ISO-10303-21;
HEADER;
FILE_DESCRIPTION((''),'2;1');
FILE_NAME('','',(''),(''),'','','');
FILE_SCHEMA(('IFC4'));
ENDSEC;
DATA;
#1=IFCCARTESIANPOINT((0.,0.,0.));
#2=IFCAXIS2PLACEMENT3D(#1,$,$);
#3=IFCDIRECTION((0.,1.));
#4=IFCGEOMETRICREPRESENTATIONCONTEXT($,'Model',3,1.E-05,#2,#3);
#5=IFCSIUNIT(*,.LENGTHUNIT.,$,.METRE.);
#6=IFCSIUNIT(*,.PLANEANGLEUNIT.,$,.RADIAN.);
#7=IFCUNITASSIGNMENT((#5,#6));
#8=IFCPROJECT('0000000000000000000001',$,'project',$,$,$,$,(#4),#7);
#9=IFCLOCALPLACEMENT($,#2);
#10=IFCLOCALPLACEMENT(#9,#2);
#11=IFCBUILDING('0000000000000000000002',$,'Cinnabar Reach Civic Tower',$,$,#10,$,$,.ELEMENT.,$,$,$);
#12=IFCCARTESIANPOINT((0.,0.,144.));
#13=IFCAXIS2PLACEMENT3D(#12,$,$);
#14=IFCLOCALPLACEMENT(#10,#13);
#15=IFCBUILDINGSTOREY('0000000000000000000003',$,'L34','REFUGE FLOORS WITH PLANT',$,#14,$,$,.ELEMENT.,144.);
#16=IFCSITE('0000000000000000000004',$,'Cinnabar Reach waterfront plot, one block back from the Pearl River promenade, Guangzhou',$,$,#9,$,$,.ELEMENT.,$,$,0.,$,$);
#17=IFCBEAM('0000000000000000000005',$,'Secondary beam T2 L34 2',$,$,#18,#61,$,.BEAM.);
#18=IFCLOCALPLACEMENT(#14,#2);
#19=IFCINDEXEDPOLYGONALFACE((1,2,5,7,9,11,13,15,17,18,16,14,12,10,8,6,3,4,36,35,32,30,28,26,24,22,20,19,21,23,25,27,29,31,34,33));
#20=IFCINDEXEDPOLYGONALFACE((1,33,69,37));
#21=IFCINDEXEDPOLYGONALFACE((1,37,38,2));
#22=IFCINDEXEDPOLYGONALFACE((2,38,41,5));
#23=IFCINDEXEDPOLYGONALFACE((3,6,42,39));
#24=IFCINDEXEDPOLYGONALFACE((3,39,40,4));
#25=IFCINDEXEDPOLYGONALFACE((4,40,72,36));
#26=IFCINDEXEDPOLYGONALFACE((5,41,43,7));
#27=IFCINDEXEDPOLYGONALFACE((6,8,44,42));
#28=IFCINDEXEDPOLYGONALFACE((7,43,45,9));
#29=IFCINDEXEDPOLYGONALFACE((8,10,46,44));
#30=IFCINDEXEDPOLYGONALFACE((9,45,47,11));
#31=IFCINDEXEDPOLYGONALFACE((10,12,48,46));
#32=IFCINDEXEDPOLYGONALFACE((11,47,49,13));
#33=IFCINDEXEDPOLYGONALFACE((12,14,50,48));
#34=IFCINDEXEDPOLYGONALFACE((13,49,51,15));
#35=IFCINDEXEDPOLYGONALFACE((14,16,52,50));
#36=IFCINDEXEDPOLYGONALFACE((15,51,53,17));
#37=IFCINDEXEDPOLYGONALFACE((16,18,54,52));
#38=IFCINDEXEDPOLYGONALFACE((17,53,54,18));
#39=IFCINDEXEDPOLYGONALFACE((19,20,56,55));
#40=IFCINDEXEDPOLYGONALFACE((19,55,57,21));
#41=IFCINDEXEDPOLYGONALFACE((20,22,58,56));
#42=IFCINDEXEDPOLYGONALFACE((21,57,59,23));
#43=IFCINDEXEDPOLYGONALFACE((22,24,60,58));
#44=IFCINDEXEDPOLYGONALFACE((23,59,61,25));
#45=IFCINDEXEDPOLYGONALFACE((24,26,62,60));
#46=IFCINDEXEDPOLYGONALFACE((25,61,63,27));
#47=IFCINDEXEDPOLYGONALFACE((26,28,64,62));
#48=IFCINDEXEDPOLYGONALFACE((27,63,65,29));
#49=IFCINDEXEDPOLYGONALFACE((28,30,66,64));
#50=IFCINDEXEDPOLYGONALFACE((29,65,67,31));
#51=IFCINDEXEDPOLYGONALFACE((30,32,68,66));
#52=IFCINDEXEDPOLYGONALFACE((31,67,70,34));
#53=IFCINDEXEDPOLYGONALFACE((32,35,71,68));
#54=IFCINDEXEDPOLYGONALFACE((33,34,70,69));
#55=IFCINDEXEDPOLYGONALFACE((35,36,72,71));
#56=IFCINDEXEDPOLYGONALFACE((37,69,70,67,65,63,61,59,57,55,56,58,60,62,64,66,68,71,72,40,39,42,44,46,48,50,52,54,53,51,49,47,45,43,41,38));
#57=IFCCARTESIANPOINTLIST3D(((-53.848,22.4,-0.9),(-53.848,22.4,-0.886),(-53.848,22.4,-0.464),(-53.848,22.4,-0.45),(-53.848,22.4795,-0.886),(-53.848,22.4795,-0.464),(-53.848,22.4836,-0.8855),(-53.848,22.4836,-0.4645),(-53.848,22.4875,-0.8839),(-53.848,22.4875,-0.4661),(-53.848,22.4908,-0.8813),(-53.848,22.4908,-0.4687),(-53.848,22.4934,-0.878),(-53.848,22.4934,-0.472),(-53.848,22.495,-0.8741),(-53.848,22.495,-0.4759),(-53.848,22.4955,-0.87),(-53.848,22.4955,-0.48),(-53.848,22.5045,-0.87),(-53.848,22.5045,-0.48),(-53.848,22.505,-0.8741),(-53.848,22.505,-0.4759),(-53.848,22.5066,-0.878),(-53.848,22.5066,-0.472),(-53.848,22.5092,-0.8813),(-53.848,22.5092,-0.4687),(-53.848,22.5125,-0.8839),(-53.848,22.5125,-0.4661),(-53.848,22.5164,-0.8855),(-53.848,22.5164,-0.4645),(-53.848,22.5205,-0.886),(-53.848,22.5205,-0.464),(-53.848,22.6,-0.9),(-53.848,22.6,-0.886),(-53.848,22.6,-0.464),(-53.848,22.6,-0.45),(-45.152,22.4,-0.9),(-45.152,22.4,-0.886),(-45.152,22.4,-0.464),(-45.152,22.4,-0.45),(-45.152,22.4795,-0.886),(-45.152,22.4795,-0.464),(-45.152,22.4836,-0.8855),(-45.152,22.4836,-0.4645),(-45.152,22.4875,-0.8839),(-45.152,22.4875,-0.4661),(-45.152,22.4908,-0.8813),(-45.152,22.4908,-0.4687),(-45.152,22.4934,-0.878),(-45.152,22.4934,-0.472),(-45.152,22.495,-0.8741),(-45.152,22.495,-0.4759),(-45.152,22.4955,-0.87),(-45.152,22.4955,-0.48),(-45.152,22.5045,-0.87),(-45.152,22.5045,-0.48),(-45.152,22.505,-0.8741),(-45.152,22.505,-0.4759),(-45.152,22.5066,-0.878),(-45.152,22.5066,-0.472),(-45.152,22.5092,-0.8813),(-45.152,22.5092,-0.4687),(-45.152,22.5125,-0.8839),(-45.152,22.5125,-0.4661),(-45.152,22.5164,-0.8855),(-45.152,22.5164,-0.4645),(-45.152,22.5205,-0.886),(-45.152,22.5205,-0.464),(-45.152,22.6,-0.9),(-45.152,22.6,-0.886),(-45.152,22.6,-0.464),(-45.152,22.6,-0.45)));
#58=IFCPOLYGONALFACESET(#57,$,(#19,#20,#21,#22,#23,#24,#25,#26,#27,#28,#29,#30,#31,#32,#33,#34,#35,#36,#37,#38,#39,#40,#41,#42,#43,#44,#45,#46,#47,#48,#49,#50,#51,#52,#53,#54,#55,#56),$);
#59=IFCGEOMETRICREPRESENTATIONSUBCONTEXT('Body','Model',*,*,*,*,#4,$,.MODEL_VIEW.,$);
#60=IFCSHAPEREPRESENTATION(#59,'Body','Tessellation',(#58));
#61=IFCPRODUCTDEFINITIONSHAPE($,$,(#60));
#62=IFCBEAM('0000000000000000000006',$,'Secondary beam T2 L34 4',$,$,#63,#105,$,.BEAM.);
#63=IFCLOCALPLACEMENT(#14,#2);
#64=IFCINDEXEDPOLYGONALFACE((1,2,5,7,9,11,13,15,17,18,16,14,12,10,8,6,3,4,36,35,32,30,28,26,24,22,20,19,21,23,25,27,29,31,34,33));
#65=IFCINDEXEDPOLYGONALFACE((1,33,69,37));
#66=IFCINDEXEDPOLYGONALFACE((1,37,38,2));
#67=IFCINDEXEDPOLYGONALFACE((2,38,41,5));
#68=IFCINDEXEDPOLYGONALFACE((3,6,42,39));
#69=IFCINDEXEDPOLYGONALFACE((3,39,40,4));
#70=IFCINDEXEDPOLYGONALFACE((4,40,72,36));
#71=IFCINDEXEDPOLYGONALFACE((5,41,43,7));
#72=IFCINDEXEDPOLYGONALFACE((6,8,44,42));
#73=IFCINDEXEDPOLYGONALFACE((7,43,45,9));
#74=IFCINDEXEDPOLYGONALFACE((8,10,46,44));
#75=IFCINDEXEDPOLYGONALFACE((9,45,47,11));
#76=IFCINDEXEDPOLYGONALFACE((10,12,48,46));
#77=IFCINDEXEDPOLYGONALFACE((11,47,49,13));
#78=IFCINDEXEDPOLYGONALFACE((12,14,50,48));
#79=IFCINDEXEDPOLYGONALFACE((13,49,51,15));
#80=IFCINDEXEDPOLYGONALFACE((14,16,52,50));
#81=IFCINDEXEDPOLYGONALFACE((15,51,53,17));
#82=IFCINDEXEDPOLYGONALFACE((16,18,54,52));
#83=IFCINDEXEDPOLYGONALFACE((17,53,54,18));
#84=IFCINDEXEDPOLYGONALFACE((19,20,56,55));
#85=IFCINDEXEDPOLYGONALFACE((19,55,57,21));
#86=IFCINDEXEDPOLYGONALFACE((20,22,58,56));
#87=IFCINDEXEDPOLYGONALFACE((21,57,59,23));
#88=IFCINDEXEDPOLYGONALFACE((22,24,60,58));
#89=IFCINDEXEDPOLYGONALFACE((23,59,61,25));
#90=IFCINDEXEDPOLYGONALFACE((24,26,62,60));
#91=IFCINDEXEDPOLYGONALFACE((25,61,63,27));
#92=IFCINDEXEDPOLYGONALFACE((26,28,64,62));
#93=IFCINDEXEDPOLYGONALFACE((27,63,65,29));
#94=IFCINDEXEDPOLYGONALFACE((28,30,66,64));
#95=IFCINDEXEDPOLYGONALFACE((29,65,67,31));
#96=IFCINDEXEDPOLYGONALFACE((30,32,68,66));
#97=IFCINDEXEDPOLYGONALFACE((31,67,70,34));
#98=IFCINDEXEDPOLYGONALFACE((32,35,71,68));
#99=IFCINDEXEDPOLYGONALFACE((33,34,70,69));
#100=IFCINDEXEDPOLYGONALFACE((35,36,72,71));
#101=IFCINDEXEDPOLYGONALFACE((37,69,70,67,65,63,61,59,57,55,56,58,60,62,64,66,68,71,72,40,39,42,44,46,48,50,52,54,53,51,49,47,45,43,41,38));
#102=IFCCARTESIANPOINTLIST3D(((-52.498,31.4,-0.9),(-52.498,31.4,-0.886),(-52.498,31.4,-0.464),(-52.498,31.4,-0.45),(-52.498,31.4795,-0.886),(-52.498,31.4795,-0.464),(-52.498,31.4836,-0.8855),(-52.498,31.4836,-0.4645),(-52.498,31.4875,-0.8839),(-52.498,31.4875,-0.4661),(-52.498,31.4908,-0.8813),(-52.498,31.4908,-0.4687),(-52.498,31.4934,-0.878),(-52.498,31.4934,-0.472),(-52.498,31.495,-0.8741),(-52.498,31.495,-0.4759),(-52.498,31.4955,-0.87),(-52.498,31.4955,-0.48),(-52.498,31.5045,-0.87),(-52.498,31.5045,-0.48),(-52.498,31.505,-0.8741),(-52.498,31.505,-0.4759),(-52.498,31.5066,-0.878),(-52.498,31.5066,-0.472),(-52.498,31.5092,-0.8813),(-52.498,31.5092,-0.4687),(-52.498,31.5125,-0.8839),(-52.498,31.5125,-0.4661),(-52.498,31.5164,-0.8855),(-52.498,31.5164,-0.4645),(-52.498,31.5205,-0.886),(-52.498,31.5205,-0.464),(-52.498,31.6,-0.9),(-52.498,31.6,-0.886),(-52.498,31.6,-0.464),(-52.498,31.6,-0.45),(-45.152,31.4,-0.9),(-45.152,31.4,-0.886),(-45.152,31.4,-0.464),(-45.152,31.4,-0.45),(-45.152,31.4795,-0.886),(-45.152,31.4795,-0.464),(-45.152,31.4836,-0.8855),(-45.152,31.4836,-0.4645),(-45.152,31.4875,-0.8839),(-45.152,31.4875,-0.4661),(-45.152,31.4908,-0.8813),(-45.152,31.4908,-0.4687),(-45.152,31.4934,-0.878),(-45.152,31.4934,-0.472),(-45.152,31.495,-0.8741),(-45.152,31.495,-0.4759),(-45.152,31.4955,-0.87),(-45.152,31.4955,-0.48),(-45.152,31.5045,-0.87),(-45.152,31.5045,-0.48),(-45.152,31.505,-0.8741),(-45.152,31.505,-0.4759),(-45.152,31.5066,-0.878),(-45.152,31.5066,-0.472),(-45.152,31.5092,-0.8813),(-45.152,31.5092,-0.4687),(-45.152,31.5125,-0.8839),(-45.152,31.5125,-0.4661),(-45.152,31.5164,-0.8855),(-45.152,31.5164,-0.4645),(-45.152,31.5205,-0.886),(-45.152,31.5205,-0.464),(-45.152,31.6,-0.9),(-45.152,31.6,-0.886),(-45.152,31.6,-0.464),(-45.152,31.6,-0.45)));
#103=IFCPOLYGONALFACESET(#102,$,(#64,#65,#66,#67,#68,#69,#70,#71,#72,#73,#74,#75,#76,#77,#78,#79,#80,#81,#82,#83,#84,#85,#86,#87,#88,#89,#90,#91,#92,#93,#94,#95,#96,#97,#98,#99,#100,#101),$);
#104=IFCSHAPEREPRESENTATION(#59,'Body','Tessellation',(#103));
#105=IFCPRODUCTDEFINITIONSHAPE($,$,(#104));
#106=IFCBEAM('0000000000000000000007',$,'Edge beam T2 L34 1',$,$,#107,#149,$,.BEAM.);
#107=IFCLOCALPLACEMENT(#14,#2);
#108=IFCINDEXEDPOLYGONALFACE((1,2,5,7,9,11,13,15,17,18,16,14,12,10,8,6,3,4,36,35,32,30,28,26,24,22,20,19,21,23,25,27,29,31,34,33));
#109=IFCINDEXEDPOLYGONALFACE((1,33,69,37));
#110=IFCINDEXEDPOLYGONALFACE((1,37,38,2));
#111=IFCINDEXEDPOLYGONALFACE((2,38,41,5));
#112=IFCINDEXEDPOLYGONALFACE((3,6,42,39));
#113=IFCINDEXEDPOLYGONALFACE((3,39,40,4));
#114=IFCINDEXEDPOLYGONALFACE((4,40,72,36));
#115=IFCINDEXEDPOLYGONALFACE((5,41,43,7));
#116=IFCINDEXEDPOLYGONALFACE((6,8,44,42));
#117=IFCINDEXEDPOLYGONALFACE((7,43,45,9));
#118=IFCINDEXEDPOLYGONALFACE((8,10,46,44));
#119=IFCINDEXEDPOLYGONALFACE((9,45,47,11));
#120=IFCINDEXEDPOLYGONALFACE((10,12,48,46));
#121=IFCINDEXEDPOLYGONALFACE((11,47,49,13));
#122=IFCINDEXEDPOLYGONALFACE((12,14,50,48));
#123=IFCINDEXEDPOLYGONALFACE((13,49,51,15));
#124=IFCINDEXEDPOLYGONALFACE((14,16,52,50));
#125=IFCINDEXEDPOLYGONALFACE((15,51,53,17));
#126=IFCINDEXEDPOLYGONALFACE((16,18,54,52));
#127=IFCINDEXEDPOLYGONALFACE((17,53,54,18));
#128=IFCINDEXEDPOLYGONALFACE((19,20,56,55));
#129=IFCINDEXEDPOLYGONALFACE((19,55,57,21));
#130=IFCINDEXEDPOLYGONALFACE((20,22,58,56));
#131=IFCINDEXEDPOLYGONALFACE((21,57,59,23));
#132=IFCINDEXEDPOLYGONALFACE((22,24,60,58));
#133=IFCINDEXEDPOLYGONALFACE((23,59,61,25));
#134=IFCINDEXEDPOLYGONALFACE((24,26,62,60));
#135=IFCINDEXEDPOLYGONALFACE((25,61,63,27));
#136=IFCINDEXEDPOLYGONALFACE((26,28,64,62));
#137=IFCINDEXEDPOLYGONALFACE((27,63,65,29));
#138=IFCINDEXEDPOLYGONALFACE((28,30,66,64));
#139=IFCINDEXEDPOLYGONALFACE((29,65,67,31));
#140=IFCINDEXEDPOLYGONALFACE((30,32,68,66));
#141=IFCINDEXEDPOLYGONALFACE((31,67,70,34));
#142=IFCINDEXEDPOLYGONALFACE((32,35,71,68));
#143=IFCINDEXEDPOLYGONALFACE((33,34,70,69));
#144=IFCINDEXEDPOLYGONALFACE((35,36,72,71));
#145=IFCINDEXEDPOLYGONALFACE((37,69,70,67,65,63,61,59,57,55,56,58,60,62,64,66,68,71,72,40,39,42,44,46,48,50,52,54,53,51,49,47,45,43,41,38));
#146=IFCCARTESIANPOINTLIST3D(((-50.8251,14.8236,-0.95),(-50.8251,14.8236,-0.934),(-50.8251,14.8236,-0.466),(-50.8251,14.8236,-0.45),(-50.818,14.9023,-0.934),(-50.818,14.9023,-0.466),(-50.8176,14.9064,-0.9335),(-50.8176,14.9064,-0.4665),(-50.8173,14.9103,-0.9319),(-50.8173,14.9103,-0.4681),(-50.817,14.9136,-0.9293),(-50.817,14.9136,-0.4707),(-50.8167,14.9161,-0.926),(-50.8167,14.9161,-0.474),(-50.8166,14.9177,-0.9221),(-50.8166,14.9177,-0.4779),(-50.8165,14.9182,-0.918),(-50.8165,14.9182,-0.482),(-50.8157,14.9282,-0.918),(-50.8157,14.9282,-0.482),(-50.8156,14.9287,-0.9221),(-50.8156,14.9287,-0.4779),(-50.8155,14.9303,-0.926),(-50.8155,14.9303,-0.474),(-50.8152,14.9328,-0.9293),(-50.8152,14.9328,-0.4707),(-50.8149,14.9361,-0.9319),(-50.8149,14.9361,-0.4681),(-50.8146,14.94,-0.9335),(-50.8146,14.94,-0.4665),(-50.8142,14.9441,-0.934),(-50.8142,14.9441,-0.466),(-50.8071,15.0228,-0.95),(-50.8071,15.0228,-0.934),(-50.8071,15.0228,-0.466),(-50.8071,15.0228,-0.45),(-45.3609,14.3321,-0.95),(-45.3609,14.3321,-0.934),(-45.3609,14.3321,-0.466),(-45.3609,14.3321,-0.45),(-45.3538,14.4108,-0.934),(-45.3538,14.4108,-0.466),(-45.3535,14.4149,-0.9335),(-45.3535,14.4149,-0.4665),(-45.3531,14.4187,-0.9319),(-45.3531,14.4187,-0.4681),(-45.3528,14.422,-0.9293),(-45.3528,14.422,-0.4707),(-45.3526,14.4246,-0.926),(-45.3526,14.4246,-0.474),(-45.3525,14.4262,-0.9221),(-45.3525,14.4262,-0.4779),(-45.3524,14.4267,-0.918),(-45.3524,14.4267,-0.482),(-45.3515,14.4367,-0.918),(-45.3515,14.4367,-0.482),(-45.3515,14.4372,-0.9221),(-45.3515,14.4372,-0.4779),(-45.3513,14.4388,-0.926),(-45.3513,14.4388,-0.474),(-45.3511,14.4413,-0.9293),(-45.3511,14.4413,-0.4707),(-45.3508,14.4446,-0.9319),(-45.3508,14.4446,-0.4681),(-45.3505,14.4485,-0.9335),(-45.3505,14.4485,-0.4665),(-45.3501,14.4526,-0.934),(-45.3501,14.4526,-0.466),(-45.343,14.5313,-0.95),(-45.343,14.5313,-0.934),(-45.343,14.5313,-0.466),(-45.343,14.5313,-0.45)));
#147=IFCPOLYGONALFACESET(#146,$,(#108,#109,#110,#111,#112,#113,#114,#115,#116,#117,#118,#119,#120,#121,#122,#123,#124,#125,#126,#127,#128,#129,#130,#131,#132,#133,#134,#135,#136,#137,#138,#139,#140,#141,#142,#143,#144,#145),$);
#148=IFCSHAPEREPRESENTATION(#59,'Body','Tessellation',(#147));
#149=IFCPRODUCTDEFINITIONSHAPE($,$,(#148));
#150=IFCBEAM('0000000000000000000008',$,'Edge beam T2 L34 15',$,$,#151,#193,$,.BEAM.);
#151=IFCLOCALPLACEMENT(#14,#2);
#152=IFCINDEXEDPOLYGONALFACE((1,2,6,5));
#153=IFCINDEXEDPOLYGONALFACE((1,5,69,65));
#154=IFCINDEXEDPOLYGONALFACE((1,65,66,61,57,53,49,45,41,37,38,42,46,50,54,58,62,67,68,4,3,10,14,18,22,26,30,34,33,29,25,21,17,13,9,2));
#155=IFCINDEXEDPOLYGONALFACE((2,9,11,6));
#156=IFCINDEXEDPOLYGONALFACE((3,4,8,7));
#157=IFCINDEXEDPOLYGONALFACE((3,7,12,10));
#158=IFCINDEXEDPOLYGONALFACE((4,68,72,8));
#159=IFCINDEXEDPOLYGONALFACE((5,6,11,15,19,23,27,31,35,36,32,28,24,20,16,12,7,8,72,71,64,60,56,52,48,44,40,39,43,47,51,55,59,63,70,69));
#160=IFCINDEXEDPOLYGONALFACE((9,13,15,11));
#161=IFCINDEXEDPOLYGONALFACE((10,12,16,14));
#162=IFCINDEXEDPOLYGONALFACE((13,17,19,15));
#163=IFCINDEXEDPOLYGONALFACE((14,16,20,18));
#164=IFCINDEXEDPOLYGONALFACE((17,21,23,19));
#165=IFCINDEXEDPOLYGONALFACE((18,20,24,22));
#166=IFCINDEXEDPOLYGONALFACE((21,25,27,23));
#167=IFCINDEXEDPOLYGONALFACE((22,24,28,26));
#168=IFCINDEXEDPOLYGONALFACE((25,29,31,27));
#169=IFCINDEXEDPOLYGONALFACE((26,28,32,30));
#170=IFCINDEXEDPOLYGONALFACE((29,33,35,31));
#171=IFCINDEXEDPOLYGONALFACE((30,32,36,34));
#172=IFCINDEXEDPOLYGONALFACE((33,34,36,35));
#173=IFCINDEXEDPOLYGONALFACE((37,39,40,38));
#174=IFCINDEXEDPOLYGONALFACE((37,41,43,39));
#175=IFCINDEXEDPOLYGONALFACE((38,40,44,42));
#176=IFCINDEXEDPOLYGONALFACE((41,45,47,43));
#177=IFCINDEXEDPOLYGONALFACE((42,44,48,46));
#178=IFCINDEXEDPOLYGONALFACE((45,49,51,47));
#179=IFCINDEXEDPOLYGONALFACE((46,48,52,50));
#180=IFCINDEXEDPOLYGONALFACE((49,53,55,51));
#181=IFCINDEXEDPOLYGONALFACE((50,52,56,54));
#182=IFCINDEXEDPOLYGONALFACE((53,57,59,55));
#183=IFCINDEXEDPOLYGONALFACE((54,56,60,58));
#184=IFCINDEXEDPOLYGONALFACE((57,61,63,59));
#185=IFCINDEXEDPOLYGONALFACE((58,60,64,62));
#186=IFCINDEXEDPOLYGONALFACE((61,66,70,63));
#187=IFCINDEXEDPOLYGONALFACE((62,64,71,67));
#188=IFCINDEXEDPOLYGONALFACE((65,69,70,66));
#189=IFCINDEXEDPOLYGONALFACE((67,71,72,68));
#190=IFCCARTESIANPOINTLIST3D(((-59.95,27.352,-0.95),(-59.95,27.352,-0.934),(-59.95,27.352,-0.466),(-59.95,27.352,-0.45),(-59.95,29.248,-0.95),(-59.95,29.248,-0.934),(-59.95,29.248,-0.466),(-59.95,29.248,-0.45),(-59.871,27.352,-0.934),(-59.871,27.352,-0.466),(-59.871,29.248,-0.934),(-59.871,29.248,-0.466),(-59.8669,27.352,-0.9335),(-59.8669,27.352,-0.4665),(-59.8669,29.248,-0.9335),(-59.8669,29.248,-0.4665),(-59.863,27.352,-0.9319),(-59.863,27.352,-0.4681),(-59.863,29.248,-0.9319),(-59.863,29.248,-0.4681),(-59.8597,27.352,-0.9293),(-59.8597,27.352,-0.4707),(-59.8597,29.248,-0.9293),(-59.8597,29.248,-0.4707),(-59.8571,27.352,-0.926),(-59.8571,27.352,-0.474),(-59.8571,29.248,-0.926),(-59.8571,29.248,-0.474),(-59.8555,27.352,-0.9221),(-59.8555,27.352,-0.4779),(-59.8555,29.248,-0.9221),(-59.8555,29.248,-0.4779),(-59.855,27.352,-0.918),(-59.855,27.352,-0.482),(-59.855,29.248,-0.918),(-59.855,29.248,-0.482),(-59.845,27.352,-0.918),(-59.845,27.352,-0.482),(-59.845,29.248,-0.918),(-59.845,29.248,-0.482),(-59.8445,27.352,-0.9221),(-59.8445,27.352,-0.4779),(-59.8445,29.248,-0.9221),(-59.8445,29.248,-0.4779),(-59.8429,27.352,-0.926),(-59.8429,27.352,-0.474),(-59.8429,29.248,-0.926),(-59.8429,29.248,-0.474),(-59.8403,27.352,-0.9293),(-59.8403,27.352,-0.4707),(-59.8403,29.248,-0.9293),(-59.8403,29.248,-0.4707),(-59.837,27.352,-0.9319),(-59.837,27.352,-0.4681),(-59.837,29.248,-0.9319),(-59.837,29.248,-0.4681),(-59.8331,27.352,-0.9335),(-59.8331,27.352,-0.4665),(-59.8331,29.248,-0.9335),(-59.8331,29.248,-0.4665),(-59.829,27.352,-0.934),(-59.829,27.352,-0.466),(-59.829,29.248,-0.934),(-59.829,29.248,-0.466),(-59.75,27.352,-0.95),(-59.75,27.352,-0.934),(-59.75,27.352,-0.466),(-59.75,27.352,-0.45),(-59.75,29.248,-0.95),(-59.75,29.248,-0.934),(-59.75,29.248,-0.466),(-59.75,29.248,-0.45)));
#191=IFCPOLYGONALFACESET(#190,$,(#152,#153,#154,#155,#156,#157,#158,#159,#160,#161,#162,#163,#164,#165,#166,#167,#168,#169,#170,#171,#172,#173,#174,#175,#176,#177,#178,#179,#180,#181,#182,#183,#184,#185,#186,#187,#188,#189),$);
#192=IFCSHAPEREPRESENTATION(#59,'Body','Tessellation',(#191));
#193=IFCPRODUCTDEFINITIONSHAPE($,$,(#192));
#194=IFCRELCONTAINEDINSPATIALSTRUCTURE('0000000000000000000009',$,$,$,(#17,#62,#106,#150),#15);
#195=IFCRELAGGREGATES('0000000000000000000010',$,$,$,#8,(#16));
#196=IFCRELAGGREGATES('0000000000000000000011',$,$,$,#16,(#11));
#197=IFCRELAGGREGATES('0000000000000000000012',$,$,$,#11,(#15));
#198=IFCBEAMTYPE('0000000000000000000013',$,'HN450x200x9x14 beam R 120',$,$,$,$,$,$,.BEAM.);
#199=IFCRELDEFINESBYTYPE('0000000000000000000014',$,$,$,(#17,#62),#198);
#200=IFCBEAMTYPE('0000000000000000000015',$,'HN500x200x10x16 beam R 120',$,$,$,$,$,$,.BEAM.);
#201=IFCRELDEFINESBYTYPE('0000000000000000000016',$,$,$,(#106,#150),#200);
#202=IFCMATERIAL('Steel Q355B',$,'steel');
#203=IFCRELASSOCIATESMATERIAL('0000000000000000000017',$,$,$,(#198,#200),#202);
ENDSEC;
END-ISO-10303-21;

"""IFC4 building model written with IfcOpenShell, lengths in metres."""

from ifc_helpers import new_model, si_unit, direction, frame, origin, origin_2d, place, context, subcontext, project, spatial, i_section, extrude, material, material_profile, profile_set, type_object, element, save


model = new_model("IFC4")

# Units and contexts
model_context = context("Model", 3, precision=1e-05, world=origin(), true_north=direction((0.0, 1.0)))
body_context = subcontext(model_context, "Body", "Model", "MODEL_VIEW")
ifc_project = project(units=[si_unit("LENGTHUNIT", "METRE"), si_unit("PLANEANGLEUNIT", "RADIAN")], contexts=[model_context])

# Site, building, storey
site_placement = place(None, origin())
site = spatial("IfcSite", under=ifc_project, at=site_placement, Name="Cinnabar Reach waterfront plot, one block back from the Pearl River promenade, Guangzhou", CompositionType="ELEMENT", RefElevation=0.0)
building_placement = place(site_placement, origin())
building = spatial("IfcBuilding", under=site, at=building_placement, Name="Cinnabar Reach Civic Tower", CompositionType="ELEMENT")
storey_placement = place(building_placement, frame((0.0, 0.0, 144.0)))
storey = spatial("IfcBuildingStorey", under=building, at=storey_placement, Name="L34", Description="REFUGE FLOORS WITH PLANT", CompositionType="ELEMENT", Elevation=144.0)

# Beams
ifc_material_1 = material(Name="Steel Q355B", Category="steel")
ifc_material_profile_1 = material_profile(ifc_material_1, i_section(OverallWidth=0.2, OverallDepth=0.45, WebThickness=0.009, FlangeThickness=0.014, FilletRadius=0.016, at=origin_2d()), Name="HN450x200x9x14")
ifc_profile_set_1 = profile_set([ifc_material_profile_1], Name="Steel Q355B")
beam_type_1 = type_object("IfcBeamType", Name="HN450x200x9x14 beam R 120", PredefinedType="BEAM", material=ifc_profile_set_1)
beam_1_placement = place(storey_placement, frame((-53.848, 22.5, -0.675), z_axis=(1.0, 0.0, 0.0), x_axis=(0.0, 1.0, 0.0)))
element("IfcBeam", 1, at=beam_1_placement, inside=storey, type_object=beam_type_1, Name="Secondary beam T2 L34 2", PredefinedType="BEAM", context=body_context, shape_type="SweptSolid", body=[
    extrude(i_section(OverallWidth=0.2, OverallDepth=0.45, WebThickness=0.009, FlangeThickness=0.014, FilletRadius=0.016, at=origin_2d()), origin(), (0.0, 0.0, 1.0), 8.696),
])
beam_2_placement = place(storey_placement, frame((-52.498, 31.5, -0.675), z_axis=(1.0, 0.0, 0.0), x_axis=(0.0, 1.0, 0.0)))
element("IfcBeam", 2, at=beam_2_placement, inside=storey, type_object=beam_type_1, Name="Secondary beam T2 L34 4", PredefinedType="BEAM", context=body_context, shape_type="SweptSolid", body=[
    extrude(i_section(OverallWidth=0.2, OverallDepth=0.45, WebThickness=0.009, FlangeThickness=0.014, FilletRadius=0.016, at=origin_2d()), origin(), (0.0, 0.0, 1.0), 7.346),
])
ifc_material_profile_2 = material_profile(ifc_material_1, i_section(OverallWidth=0.2, OverallDepth=0.5, WebThickness=0.01, FlangeThickness=0.016, FilletRadius=0.016, at=origin_2d()), Name="HN500x200x10x16")
ifc_profile_set_2 = profile_set([ifc_material_profile_2], Name="Steel Q355B")
beam_type_2 = type_object("IfcBeamType", Name="HN500x200x10x16 beam R 120", PredefinedType="BEAM", material=ifc_profile_set_2)
beam_3_placement = place(storey_placement, frame((-50.8161, 14.9232, -0.7), z_axis=(0.995979, -0.089589, 0.0), x_axis=(0.089589, 0.995979, 0.0)))
element("IfcBeam", 3, at=beam_3_placement, inside=storey, type_object=beam_type_2, Name="Edge beam T2 L34 1", PredefinedType="BEAM", context=body_context, shape_type="SweptSolid", body=[
    extrude(i_section(OverallWidth=0.2, OverallDepth=0.5, WebThickness=0.01, FlangeThickness=0.016, FilletRadius=0.016, at=origin_2d()), origin(), (0.0, 0.0, 1.0), 5.4862),
])
beam_4_placement = place(storey_placement, frame((-59.85, 29.248, -0.7), z_axis=(0.0, -1.0, 0.0), x_axis=(1.0, 0.0, 0.0)))
element("IfcBeam", 4, at=beam_4_placement, inside=storey, type_object=beam_type_2, Name="Edge beam T2 L34 15", PredefinedType="BEAM", context=body_context, shape_type="SweptSolid", body=[
    extrude(i_section(OverallWidth=0.2, OverallDepth=0.5, WebThickness=0.01, FlangeThickness=0.016, FilletRadius=0.016, at=origin_2d()), origin(), (0.0, 0.0, 1.0), 1.896),
])

save(model, "model.ifc")
